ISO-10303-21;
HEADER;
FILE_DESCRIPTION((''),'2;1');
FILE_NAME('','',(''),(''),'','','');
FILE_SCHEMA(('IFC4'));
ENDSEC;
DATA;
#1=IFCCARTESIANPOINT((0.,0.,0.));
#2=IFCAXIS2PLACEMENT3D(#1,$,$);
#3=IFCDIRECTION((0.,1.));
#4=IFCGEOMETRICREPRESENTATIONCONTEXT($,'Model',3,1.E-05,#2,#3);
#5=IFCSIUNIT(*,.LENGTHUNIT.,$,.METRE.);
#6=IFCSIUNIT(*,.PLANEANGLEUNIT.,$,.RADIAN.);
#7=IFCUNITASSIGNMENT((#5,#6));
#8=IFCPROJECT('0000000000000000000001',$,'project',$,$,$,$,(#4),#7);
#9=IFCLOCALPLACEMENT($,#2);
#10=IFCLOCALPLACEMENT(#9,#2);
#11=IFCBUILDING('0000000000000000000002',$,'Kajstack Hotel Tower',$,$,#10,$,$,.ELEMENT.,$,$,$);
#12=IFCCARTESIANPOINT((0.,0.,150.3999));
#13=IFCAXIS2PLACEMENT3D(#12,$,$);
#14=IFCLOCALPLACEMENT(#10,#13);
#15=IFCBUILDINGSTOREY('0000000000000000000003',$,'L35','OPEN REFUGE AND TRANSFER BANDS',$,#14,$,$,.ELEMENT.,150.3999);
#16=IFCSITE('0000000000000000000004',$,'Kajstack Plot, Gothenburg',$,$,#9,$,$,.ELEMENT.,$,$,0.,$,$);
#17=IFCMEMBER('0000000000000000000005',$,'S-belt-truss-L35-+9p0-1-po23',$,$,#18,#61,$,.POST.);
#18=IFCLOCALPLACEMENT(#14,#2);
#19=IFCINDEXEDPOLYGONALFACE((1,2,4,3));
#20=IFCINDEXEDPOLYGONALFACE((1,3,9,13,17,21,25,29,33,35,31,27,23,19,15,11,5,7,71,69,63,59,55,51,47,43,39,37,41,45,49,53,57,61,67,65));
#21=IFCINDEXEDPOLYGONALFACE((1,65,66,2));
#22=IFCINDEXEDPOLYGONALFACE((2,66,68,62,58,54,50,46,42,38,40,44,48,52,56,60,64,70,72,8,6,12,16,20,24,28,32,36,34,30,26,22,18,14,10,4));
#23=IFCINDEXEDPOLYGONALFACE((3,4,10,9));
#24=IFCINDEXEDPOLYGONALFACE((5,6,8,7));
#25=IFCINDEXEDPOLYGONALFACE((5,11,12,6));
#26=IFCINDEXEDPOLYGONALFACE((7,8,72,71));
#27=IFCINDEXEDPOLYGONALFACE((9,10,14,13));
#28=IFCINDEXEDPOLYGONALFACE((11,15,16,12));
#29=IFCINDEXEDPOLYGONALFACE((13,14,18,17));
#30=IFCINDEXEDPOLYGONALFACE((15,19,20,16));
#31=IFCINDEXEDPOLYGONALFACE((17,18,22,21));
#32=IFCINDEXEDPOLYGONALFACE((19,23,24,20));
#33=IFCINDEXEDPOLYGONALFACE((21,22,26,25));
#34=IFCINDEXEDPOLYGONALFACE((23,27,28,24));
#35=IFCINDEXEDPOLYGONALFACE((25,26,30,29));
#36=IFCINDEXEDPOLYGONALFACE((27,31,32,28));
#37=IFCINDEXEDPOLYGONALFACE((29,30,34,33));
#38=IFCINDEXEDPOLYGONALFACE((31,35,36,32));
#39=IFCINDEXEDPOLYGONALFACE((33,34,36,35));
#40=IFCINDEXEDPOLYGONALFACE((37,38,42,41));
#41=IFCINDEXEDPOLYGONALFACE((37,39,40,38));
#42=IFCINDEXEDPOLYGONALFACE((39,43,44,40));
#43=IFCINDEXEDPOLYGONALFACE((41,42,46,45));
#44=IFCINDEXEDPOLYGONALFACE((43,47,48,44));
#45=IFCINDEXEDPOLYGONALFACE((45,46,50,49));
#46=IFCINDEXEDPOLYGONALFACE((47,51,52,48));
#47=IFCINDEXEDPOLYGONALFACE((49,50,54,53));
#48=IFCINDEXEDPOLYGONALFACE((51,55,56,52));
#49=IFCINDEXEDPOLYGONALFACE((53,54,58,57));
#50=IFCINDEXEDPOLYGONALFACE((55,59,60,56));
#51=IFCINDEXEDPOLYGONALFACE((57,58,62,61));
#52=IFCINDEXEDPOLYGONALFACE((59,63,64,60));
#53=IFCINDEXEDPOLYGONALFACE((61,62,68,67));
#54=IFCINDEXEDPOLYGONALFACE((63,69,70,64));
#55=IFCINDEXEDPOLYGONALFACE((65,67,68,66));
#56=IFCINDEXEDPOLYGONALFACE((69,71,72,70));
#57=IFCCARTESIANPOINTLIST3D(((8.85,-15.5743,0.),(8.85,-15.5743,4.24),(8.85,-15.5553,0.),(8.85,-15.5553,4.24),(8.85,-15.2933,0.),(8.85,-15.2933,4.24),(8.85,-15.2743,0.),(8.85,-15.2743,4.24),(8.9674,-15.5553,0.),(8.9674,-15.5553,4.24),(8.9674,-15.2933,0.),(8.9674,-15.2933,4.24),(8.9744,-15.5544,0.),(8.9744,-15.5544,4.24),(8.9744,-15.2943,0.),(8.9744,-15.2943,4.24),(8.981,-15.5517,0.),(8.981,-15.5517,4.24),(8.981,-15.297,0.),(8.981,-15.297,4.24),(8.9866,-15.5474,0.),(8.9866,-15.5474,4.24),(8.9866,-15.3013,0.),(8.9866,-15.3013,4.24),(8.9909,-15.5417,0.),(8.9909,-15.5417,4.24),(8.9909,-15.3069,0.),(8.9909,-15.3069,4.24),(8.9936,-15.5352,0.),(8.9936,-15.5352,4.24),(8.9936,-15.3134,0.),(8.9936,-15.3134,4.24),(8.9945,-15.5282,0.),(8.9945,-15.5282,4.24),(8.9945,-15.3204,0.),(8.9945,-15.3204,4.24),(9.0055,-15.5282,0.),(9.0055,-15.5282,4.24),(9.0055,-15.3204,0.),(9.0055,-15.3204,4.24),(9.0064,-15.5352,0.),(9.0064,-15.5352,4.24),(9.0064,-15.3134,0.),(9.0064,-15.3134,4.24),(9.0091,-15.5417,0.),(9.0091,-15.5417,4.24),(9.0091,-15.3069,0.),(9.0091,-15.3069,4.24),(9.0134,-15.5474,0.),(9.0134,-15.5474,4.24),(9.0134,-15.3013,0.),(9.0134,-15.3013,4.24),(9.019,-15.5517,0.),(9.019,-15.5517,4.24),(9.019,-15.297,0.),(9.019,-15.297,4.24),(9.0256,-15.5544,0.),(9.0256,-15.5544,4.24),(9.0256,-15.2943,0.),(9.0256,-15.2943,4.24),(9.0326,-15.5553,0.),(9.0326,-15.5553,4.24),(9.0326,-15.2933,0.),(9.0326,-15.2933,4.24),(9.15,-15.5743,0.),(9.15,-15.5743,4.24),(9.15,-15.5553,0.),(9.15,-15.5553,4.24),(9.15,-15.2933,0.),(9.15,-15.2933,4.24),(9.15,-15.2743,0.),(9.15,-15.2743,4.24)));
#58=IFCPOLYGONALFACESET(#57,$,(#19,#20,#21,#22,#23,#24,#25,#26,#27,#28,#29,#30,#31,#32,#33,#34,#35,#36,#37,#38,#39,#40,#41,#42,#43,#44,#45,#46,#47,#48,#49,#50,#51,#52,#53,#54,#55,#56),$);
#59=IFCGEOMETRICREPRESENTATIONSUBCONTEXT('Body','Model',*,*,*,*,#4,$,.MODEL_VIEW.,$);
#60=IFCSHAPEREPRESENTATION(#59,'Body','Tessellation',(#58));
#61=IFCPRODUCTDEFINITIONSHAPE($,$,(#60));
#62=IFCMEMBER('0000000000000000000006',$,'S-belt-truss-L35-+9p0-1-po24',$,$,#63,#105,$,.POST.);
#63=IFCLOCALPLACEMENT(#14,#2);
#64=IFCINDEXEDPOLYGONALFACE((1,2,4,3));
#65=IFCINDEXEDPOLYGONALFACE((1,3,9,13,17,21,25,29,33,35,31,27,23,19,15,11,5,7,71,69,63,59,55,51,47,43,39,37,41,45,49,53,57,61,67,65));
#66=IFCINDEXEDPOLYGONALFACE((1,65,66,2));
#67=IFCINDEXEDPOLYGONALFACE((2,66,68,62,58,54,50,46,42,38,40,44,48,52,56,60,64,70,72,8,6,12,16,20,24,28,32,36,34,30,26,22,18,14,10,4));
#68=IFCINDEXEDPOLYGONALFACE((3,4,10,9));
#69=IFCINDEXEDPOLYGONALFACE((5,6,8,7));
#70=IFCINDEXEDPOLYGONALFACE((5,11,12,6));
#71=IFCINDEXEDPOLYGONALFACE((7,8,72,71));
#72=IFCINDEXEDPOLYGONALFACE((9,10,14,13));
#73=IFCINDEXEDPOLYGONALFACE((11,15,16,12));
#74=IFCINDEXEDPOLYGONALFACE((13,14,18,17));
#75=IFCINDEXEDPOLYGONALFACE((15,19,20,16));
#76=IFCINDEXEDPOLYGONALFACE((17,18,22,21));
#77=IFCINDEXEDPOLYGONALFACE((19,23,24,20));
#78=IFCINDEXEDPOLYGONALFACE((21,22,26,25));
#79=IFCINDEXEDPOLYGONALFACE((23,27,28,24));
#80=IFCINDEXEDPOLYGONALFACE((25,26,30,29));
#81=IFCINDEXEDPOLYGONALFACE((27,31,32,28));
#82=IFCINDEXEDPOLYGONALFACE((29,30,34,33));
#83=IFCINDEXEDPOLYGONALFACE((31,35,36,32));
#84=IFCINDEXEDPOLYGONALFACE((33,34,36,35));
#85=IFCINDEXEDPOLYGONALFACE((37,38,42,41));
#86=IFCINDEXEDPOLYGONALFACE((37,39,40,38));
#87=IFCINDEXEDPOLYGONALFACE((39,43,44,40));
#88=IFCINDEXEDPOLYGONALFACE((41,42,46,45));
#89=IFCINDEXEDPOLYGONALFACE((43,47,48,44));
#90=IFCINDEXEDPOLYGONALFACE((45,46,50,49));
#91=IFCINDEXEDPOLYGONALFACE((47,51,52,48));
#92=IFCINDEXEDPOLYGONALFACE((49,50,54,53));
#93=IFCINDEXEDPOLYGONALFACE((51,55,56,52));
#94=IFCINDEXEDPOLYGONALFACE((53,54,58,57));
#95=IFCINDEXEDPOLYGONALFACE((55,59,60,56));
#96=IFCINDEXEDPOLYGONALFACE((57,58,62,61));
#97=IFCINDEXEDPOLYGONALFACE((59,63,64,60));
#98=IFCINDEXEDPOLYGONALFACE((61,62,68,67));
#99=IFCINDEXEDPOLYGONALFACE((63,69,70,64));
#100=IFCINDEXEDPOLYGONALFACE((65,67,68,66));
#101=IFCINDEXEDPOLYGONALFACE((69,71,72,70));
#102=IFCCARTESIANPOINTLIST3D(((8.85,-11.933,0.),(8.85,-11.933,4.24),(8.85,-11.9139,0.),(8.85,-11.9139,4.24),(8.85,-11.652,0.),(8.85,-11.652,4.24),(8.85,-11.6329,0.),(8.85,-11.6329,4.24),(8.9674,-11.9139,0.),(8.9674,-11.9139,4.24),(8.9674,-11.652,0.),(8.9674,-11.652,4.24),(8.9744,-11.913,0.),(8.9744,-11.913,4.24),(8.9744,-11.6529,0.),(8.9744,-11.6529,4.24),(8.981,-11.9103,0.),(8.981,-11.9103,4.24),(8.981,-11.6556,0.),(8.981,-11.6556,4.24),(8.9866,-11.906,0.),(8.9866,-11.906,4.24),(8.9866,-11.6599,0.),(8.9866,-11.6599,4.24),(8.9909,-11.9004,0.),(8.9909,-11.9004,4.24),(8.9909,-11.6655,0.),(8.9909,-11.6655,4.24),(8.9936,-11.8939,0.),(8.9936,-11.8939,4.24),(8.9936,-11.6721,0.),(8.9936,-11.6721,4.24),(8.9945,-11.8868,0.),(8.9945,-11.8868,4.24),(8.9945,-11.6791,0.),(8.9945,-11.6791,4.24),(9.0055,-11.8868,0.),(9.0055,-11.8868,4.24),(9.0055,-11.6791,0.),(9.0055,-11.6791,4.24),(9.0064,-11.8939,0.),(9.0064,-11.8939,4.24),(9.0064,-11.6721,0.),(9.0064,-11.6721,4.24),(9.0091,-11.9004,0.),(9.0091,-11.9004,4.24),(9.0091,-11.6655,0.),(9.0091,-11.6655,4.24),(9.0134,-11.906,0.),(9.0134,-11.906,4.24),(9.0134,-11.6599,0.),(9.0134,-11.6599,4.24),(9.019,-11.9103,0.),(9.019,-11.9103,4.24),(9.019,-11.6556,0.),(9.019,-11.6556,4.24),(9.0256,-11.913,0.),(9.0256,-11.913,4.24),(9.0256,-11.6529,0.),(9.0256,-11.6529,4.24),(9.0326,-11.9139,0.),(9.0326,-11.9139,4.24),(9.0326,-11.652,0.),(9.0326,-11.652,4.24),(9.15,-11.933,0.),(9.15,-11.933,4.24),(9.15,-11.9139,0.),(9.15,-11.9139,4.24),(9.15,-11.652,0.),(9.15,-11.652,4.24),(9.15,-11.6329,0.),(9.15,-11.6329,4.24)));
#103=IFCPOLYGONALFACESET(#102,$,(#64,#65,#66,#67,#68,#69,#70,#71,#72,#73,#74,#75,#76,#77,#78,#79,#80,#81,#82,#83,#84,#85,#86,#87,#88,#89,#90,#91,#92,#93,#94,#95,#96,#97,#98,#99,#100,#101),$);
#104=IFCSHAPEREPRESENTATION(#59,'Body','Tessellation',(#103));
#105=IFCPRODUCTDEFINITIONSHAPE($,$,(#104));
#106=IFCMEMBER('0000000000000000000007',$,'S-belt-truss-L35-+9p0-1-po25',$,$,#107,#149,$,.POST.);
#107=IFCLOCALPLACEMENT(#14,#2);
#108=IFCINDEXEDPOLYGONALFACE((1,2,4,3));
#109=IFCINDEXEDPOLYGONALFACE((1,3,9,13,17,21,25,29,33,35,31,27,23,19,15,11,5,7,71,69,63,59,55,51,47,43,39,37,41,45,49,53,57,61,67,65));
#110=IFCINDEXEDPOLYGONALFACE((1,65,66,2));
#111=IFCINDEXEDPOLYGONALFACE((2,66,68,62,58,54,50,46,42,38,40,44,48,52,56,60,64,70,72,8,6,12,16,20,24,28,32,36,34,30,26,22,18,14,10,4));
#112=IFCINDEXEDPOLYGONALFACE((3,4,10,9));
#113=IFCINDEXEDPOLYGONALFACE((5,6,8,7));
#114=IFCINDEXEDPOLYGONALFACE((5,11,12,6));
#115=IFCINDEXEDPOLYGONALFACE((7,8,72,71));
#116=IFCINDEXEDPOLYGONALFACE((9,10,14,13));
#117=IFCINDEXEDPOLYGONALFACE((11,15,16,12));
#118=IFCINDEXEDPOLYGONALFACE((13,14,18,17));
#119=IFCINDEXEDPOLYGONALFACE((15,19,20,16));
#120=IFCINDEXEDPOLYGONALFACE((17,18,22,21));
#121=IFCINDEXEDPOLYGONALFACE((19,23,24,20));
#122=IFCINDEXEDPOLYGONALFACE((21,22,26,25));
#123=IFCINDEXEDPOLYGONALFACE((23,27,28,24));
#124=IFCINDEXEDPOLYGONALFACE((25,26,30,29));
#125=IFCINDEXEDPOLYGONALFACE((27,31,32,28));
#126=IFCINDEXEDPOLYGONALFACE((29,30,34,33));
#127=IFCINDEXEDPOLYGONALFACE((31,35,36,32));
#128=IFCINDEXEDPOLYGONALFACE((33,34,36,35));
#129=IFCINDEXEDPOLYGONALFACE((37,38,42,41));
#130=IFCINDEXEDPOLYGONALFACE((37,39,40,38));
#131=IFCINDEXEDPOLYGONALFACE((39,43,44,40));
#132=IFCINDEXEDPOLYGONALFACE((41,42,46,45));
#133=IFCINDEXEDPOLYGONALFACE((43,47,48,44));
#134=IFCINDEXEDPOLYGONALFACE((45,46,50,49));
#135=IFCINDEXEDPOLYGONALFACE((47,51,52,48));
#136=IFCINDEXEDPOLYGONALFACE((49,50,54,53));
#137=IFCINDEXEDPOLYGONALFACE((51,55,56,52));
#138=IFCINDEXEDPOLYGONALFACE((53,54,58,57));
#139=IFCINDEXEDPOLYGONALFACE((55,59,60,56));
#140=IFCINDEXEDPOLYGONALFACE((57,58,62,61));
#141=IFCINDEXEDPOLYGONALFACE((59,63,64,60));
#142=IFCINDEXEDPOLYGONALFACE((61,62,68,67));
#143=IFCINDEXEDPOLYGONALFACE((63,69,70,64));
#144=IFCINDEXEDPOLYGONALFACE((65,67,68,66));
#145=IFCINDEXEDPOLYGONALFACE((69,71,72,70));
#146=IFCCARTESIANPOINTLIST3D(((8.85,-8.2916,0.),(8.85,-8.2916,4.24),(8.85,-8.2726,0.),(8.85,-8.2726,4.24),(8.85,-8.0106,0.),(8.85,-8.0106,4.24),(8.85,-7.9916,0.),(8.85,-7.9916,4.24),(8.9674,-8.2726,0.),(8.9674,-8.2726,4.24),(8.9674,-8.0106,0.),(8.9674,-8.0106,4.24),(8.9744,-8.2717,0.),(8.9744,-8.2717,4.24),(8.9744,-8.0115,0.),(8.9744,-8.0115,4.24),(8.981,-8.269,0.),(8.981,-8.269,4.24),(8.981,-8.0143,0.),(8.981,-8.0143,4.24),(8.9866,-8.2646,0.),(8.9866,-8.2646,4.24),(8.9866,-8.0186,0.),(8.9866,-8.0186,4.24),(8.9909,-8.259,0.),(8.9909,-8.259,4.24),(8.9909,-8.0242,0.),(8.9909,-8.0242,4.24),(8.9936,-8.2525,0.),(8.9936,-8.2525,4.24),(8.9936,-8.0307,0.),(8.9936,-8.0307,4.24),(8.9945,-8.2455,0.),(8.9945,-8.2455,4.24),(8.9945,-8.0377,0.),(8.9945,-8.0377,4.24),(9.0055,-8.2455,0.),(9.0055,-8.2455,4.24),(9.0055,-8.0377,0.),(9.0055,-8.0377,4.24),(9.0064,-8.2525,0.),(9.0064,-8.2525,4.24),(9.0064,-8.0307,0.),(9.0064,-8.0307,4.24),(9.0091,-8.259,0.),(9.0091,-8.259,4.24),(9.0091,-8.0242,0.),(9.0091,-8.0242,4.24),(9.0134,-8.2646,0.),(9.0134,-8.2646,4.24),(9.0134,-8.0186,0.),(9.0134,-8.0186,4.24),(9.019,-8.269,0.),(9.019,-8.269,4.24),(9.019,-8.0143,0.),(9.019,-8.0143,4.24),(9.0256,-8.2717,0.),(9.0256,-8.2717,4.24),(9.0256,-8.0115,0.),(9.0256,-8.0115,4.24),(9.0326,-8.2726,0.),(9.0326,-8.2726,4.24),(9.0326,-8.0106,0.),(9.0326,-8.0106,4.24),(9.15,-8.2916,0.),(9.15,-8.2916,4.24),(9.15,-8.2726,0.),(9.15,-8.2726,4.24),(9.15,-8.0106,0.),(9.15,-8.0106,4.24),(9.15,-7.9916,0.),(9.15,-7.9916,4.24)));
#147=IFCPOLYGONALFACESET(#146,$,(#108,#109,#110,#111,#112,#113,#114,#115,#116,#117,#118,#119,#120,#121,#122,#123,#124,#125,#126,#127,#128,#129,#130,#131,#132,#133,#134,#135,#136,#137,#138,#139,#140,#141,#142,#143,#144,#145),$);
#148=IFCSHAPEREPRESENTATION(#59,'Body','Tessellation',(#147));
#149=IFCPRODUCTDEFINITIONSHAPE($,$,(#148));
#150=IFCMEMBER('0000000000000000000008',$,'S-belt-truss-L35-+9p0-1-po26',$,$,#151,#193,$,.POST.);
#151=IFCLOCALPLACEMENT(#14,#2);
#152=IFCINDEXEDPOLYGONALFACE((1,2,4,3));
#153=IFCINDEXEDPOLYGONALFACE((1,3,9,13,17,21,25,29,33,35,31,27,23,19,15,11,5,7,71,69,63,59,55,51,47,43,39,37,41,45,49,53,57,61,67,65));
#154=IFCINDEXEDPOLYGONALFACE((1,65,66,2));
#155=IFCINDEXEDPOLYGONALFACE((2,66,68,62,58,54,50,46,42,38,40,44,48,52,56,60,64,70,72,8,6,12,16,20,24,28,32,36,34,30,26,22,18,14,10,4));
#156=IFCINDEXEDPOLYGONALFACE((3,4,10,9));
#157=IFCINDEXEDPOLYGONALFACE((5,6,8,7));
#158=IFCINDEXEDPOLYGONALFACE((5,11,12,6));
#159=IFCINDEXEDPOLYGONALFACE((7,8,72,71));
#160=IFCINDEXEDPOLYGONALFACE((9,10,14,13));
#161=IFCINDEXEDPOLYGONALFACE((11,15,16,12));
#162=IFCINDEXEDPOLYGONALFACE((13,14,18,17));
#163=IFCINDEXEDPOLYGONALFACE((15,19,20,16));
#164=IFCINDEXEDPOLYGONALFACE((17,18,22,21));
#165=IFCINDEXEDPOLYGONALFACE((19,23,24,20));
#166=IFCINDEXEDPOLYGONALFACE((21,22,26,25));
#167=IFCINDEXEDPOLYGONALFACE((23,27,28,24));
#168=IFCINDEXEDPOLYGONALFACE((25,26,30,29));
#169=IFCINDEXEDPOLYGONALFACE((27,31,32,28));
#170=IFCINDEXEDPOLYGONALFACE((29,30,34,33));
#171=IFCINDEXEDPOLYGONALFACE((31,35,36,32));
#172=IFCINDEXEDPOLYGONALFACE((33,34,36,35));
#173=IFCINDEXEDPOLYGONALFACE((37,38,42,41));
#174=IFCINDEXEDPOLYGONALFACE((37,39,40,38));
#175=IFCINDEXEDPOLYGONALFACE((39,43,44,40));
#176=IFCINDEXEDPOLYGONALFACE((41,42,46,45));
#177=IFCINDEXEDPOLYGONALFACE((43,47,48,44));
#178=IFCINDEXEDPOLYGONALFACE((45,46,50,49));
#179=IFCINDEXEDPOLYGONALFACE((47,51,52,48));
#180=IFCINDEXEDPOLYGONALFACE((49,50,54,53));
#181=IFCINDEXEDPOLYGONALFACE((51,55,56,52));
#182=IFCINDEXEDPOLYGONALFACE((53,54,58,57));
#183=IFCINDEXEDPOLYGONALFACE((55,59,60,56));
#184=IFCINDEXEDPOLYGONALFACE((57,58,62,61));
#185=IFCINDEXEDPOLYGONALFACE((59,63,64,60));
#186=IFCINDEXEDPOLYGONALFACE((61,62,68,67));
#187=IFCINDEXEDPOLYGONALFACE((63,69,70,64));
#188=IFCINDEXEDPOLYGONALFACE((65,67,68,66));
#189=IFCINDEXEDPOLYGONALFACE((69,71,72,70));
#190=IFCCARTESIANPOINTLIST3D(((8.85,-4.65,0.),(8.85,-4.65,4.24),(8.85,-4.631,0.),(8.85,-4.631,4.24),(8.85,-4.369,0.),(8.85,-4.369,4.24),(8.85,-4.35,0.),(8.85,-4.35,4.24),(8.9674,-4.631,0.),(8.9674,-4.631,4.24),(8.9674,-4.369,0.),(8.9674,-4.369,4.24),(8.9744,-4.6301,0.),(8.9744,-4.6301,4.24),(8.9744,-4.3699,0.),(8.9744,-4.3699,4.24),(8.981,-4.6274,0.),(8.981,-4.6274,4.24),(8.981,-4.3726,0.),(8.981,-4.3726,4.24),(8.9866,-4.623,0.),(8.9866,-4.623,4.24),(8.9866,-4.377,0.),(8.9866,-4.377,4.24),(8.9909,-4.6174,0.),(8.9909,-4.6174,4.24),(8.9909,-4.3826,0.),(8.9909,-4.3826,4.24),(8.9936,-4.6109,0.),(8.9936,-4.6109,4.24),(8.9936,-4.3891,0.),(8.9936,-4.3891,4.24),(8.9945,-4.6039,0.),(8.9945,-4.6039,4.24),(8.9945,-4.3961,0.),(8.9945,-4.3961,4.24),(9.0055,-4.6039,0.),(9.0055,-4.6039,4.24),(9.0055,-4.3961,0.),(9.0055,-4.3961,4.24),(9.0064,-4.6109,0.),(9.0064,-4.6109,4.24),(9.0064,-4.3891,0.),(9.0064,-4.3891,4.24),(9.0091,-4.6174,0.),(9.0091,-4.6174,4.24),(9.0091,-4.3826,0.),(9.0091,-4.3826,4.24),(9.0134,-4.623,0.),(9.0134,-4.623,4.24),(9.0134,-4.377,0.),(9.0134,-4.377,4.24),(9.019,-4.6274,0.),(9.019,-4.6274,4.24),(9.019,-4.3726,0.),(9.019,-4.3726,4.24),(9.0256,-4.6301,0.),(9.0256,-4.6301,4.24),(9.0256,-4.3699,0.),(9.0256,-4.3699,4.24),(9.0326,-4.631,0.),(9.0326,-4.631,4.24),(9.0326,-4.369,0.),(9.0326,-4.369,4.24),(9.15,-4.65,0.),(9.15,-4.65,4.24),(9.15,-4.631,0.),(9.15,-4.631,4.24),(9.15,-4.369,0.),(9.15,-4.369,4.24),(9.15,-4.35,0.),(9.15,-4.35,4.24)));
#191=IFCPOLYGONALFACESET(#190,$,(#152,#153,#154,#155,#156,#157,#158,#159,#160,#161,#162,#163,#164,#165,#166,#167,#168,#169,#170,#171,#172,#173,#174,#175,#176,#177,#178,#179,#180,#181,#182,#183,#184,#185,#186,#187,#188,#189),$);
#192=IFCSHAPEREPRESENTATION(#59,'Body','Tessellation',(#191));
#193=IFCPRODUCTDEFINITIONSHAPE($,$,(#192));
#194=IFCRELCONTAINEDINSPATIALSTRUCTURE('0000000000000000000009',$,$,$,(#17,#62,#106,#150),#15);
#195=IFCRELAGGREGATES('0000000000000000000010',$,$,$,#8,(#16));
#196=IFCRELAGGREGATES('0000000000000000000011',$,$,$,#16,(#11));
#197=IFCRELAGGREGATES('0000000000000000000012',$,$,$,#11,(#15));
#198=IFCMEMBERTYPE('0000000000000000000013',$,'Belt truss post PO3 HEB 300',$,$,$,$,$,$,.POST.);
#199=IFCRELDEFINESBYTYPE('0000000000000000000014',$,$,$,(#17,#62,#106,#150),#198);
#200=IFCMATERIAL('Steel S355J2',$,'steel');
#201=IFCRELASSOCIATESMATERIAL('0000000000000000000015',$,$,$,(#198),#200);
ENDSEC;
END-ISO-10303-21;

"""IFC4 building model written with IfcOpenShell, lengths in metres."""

from ifc_helpers import new_model, si_unit, direction, frame, origin, origin_2d, place, context, subcontext, project, spatial, i_section, extrude, material, material_profile, profile_set, type_object, element, save


model = new_model("IFC4")

# Units and contexts
model_context = context("Model", 3, precision=1e-05, world=origin(), true_north=direction((0.0, 1.0)))
body_context = subcontext(model_context, "Body", "Model", "MODEL_VIEW")
ifc_project = project(units=[si_unit("LENGTHUNIT", "METRE"), si_unit("PLANEANGLEUNIT", "RADIAN")], contexts=[model_context])

# Site, building, storey
site_placement = place(None, origin())
site = spatial("IfcSite", under=ifc_project, at=site_placement, Name="Kajstack Plot, Gothenburg", CompositionType="ELEMENT", RefElevation=0.0)
building_placement = place(site_placement, origin())
building = spatial("IfcBuilding", under=site, at=building_placement, Name="Kajstack Hotel Tower", CompositionType="ELEMENT")
storey_placement = place(building_placement, frame((0.0, 0.0, 150.3999)))
storey = spatial("IfcBuildingStorey", under=building, at=storey_placement, Name="L35", Description="OPEN REFUGE AND TRANSFER BANDS", CompositionType="ELEMENT", Elevation=150.3999)

# Members
ifc_material = material(Name="Steel S355J2", Category="steel")
ifc_material_profile_1 = material_profile(ifc_material, i_section(OverallWidth=0.3, OverallDepth=0.3, WebThickness=0.011, FlangeThickness=0.019, FilletRadius=0.0271, at=origin_2d()), Name="HEB 300")
ifc_profile_set_1 = profile_set([ifc_material_profile_1], Name="Steel S355J2")
member_type_1 = type_object("IfcMemberType", Name="Belt truss post PO3 HEB 300", PredefinedType="POST", material=ifc_profile_set_1)
for number, where, z_axis, x_axis, name in (
    (1, (9.0, -15.4243, 0.0), (0.0, 0.0, 1.0), (1.0, 0.0, 0.0), "S-belt-truss-L35-+9p0-1-po23"),
    (2, (9.0, -11.783, 0.0), (0.0, 0.0, 1.0), (1.0, 0.0, 0.0), "S-belt-truss-L35-+9p0-1-po24"),
    (3, (9.0, -8.1416, 0.0), (0.0, 0.0, 1.0), (1.0, 0.0, 0.0), "S-belt-truss-L35-+9p0-1-po25"),
    (4, (9.0, -4.5, 0.0), (0.0, 0.0, 1.0), (1.0, 0.0, 0.0), "S-belt-truss-L35-+9p0-1-po26"),
):
    element("IfcMember", number, at=place(storey_placement, frame(where, z_axis=z_axis, x_axis=x_axis)), inside=storey, type_object=member_type_1, Name=name, PredefinedType="POST", context=body_context, shape_type="SweptSolid", body=[
        extrude(i_section(OverallWidth=0.3, OverallDepth=0.3, WebThickness=0.011, FlangeThickness=0.019, FilletRadius=0.0271, at=origin_2d()), origin(), (0.0, 0.0, 1.0), 4.24),
    ])

save(model, "model.ifc")
